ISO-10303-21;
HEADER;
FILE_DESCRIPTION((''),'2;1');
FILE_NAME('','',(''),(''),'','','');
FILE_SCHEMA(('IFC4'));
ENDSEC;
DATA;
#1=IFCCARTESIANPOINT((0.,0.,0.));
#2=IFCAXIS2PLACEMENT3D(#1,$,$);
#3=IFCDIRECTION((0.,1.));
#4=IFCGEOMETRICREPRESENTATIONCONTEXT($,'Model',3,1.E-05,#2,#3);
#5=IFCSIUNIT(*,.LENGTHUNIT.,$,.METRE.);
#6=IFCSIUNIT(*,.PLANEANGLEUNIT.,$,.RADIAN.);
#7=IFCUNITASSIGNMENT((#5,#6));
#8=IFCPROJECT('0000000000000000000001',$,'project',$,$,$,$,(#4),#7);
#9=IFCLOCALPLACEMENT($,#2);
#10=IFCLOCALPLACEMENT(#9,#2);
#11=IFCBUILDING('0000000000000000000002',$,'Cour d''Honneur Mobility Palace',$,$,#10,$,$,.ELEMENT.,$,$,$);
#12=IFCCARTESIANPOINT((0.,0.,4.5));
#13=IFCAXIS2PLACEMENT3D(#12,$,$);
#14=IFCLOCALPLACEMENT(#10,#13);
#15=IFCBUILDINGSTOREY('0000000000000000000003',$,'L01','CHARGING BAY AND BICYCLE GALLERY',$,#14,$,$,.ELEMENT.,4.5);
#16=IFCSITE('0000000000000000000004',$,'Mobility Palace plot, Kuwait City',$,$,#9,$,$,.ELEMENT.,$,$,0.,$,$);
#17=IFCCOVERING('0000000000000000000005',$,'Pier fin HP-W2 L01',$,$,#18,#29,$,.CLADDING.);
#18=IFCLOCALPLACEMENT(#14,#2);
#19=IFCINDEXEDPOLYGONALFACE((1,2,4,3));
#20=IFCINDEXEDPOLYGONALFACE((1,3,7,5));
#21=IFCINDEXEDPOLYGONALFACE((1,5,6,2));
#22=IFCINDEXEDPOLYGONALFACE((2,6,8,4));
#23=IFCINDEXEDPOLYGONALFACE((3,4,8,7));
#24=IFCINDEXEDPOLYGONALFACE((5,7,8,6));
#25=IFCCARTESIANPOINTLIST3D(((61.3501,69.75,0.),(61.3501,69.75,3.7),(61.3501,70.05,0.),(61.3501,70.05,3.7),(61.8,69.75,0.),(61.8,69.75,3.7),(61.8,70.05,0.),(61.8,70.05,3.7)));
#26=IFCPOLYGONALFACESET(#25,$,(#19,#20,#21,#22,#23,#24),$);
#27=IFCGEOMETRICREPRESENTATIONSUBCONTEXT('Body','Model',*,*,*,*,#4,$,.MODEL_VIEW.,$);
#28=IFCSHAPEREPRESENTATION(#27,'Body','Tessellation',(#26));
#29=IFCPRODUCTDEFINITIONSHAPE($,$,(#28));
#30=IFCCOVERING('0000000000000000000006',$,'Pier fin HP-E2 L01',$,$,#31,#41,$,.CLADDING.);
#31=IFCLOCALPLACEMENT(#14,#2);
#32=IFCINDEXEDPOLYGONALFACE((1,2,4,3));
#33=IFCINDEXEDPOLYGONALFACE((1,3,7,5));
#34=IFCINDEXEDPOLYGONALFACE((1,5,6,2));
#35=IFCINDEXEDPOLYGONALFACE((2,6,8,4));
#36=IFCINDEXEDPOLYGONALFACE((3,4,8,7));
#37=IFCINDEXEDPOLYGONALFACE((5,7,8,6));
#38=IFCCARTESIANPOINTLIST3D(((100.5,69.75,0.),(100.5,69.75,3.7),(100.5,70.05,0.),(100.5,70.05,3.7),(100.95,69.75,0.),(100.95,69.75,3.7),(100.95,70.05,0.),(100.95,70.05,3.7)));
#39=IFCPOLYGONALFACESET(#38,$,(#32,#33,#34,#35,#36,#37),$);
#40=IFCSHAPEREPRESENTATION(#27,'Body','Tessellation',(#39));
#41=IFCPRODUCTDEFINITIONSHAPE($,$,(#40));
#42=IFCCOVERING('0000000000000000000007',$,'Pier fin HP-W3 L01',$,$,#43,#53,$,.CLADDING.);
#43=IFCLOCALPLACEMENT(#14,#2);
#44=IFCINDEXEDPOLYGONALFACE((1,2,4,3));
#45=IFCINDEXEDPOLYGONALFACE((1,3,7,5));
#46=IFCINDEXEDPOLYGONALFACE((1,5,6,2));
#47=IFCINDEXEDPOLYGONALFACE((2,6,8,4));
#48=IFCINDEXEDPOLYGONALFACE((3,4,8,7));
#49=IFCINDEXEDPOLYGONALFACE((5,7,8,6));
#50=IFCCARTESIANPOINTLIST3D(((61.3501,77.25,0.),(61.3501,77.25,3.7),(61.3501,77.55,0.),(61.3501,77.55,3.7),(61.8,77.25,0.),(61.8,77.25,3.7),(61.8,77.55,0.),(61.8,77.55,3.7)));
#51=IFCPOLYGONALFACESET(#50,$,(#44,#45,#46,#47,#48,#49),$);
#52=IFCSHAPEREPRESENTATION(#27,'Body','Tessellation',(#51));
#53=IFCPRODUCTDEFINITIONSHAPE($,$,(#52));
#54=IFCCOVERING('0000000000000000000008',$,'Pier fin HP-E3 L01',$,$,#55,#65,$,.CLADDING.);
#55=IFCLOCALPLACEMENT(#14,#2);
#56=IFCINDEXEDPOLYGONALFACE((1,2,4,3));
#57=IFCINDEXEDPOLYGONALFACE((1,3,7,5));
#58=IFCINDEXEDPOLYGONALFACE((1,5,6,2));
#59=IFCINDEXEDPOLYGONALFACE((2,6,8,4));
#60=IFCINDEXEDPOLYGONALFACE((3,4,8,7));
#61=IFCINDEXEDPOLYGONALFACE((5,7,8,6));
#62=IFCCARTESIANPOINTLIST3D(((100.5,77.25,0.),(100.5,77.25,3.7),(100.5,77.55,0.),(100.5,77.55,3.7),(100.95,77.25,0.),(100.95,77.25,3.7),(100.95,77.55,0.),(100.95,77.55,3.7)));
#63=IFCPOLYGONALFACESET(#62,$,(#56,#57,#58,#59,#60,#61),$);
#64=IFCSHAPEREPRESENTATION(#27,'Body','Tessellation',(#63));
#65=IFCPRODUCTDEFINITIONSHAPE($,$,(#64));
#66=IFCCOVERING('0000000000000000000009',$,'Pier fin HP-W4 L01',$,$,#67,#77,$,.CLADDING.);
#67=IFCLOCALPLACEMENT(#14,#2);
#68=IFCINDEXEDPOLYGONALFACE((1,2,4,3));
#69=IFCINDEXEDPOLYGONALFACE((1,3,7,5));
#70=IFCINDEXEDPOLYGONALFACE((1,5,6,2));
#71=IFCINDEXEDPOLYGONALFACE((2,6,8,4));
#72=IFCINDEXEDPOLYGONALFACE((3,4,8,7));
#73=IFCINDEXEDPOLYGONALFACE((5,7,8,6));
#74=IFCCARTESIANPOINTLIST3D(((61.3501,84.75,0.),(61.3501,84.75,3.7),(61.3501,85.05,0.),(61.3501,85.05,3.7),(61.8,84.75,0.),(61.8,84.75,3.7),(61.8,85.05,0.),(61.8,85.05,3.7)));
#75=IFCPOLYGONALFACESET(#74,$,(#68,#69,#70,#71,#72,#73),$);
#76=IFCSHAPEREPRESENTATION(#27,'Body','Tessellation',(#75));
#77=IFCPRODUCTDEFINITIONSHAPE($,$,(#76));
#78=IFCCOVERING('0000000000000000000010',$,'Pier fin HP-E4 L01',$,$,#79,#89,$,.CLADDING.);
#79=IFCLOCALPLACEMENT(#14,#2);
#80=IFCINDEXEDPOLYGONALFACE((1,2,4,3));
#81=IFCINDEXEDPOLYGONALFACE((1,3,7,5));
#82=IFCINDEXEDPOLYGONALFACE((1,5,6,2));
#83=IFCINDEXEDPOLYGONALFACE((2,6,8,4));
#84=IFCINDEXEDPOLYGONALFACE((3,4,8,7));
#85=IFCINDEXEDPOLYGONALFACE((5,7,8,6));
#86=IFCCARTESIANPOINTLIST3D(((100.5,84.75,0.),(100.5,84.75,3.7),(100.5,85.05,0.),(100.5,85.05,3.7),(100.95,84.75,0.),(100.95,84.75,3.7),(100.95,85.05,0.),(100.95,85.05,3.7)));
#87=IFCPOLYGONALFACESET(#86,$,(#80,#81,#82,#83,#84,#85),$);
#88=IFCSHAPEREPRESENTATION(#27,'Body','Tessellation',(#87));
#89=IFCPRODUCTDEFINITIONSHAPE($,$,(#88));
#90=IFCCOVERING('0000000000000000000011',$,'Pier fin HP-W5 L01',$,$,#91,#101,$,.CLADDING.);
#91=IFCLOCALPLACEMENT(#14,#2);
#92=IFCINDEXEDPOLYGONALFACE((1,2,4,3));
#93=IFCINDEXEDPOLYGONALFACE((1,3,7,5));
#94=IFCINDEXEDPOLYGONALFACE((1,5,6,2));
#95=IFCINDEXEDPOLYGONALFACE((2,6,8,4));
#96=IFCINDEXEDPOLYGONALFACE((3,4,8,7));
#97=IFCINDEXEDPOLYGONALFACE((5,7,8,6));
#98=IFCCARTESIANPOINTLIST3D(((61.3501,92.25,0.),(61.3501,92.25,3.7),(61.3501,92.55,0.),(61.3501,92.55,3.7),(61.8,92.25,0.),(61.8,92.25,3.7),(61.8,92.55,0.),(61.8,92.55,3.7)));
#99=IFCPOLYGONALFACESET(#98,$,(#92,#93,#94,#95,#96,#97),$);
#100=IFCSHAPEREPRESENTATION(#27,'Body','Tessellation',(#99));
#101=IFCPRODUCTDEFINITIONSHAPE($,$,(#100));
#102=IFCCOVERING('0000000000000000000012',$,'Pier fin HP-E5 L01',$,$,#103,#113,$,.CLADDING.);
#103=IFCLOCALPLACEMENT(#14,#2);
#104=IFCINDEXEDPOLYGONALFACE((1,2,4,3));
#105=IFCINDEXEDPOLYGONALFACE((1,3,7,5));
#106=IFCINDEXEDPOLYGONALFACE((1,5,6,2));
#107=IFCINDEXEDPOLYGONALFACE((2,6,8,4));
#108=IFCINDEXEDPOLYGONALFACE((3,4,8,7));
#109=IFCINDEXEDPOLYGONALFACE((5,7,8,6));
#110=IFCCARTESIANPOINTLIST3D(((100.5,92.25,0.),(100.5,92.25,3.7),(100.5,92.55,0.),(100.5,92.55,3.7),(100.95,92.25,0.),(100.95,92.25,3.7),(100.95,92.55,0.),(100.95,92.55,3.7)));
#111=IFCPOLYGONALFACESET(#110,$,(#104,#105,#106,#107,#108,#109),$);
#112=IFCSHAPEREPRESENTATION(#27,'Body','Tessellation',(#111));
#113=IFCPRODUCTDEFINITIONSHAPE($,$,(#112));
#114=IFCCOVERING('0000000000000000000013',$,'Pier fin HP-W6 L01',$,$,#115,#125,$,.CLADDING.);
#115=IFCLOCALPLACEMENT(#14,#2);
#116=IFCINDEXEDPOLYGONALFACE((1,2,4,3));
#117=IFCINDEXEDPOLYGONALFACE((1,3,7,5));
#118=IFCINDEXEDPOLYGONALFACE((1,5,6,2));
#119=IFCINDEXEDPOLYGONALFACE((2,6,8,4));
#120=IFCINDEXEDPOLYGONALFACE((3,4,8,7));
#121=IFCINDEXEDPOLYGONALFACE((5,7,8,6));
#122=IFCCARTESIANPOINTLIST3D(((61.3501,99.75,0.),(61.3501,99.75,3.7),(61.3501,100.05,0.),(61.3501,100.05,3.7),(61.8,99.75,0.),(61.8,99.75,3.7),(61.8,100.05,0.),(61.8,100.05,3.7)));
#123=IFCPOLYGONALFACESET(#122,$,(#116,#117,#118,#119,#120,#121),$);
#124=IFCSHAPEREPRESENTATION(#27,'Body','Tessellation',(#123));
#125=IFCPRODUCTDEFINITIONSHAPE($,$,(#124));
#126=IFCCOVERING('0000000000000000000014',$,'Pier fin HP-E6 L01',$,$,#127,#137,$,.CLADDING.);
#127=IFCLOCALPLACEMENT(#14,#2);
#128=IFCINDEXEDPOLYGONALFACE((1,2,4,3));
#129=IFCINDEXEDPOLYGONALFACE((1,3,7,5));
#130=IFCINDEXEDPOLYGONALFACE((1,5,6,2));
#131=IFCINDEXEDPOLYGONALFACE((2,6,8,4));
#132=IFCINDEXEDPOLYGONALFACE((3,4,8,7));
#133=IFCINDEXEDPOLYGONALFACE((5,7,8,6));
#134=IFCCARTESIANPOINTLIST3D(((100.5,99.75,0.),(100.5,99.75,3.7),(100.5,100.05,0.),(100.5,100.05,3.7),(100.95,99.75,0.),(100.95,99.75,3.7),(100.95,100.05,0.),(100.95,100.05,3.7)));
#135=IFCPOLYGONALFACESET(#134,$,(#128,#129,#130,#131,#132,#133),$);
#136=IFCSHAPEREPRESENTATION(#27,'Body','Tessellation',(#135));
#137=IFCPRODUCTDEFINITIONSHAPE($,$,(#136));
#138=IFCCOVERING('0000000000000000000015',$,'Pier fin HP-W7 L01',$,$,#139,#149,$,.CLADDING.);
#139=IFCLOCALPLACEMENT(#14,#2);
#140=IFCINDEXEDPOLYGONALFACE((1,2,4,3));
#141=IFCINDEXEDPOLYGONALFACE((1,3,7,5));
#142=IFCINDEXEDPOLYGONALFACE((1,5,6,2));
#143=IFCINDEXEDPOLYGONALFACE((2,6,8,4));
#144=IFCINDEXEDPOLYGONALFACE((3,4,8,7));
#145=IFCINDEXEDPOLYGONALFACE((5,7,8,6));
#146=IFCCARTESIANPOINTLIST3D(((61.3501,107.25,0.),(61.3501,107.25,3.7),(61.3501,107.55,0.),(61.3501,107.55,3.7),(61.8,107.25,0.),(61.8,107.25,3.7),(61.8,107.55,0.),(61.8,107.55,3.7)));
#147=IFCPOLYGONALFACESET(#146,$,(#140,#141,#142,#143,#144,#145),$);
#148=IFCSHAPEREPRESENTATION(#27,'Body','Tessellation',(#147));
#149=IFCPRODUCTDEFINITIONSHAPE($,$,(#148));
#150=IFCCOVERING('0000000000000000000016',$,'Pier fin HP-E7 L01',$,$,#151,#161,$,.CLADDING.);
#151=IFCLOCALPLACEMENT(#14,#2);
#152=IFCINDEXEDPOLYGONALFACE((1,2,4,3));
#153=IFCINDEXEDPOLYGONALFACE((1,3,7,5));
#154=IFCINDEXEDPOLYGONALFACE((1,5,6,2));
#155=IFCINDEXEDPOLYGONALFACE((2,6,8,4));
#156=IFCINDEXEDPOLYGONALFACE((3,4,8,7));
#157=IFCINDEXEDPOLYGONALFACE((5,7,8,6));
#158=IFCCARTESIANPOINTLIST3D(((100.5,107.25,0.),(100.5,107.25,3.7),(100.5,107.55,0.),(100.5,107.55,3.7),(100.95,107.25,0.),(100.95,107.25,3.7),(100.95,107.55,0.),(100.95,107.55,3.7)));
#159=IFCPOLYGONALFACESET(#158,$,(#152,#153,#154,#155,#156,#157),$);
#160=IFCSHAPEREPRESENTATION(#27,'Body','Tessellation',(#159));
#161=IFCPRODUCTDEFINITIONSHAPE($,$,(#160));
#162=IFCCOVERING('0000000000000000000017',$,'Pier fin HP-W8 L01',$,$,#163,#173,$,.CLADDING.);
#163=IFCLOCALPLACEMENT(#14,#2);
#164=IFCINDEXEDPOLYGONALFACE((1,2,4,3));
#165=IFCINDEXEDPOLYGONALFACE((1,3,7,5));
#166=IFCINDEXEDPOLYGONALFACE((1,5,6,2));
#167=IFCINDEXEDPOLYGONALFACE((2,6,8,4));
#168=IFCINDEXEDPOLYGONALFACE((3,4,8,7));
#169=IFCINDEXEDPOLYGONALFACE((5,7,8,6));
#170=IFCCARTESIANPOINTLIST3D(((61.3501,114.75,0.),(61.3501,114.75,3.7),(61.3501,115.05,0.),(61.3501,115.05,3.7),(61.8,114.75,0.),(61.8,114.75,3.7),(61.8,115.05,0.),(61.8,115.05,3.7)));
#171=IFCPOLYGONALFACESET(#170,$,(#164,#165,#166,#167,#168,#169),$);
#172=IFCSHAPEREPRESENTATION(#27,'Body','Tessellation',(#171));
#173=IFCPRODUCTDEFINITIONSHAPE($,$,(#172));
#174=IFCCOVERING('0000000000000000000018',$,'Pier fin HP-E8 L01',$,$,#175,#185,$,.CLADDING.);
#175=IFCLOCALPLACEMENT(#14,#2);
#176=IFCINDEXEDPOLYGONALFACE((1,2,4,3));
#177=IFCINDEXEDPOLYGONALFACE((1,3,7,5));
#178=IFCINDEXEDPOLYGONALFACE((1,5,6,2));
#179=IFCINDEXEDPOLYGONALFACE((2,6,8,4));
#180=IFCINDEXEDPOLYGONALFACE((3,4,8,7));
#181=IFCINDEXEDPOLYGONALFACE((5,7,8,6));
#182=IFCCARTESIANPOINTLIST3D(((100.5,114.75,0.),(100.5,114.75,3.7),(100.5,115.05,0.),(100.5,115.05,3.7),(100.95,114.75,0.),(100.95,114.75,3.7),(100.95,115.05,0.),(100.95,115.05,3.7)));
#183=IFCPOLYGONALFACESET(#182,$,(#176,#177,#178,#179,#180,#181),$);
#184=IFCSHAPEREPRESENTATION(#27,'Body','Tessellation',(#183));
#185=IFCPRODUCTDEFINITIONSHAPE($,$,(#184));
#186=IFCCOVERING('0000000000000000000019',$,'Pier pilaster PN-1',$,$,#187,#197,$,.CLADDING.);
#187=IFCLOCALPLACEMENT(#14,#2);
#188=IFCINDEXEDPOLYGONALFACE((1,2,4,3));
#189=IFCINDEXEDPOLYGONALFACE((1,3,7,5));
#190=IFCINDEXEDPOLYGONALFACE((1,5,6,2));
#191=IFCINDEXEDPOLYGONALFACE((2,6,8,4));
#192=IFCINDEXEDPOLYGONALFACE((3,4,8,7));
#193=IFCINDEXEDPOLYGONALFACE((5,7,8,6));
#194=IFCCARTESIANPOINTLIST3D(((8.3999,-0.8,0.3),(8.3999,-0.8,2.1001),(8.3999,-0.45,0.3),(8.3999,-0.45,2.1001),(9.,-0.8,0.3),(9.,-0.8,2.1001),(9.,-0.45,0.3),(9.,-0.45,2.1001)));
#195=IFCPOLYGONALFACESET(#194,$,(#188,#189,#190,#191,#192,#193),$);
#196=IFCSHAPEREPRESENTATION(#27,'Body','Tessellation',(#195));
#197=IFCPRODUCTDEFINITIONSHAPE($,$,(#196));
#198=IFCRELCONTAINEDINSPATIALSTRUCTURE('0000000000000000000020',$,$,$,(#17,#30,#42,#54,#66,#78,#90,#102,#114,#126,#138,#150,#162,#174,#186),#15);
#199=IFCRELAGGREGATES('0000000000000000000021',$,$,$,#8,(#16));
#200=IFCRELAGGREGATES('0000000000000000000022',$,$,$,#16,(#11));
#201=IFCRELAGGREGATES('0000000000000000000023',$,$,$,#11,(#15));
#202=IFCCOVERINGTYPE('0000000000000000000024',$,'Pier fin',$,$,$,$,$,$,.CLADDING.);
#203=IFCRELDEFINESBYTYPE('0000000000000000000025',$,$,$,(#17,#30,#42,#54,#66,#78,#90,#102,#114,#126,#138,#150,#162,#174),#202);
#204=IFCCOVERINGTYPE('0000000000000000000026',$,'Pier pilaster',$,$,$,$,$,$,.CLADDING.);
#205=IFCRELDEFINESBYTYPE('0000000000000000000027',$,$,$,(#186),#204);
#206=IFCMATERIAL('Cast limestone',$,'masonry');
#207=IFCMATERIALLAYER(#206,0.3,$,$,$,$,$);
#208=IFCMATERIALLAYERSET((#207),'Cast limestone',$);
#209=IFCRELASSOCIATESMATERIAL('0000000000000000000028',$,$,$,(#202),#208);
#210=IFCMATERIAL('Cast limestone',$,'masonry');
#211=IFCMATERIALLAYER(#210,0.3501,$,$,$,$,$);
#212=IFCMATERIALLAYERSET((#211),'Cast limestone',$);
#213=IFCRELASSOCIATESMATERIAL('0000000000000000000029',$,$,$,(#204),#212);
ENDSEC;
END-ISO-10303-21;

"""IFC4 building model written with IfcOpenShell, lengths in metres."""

from ifc_helpers import new_model, si_unit, direction, frame, origin, place, context, subcontext, project, spatial, polyline, outline, extrude, material, layer, layer_set, type_object, element, save


model = new_model("IFC4")

# Units and contexts
model_context = context("Model", 3, precision=1e-05, world=origin(), true_north=direction((0.0, 1.0)))
body_context = subcontext(model_context, "Body", "Model", "MODEL_VIEW")
ifc_project = project(units=[si_unit("LENGTHUNIT", "METRE"), si_unit("PLANEANGLEUNIT", "RADIAN")], contexts=[model_context])

# Site, building, storey
site_placement = place(None, origin())
site = spatial("IfcSite", under=ifc_project, at=site_placement, Name="Mobility Palace plot, Kuwait City", CompositionType="ELEMENT", RefElevation=0.0)
building_placement = place(site_placement, origin())
building = spatial("IfcBuilding", under=site, at=building_placement, Name="Cour d'Honneur Mobility Palace", CompositionType="ELEMENT")
storey_placement = place(building_placement, frame((0.0, 0.0, 4.5)))
storey = spatial("IfcBuildingStorey", under=building, at=storey_placement, Name="L01", Description="CHARGING BAY AND BICYCLE GALLERY", CompositionType="ELEMENT", Elevation=4.5)

# Coverings
ifc_material_1 = material(Name="Cast limestone", Category="masonry")
ifc_layer_1 = layer(ifc_material_1, 0.3)
ifc_layer_set_1 = layer_set([ifc_layer_1], Name="Cast limestone")
covering_type_1 = type_object("IfcCoveringType", Name="Pier fin", PredefinedType="CLADDING", material=ifc_layer_set_1)
covering_1_placement = place(storey_placement, origin())
element("IfcCovering", 1, at=covering_1_placement, inside=storey, type_object=covering_type_1, Name="Pier fin HP-W2 L01", PredefinedType="CLADDING", context=body_context, shape_type="SweptSolid", body=[
    extrude(outline(polyline([(61.3501, 69.75), (61.8, 69.75), (61.8, 70.05), (61.3501, 70.05), (61.3501, 69.75)])), origin(), (0.0, 0.0, 1.0), 3.7),
])
covering_2_placement = place(storey_placement, origin())
element("IfcCovering", 2, at=covering_2_placement, inside=storey, type_object=covering_type_1, Name="Pier fin HP-E2 L01", PredefinedType="CLADDING", context=body_context, shape_type="SweptSolid", body=[
    extrude(outline(polyline([(100.5, 69.75), (100.95, 69.75), (100.95, 70.05), (100.5, 70.05), (100.5, 69.75)])), origin(), (0.0, 0.0, 1.0), 3.7),
])
covering_3_placement = place(storey_placement, origin())
element("IfcCovering", 3, at=covering_3_placement, inside=storey, type_object=covering_type_1, Name="Pier fin HP-W3 L01", PredefinedType="CLADDING", context=body_context, shape_type="SweptSolid", body=[
    extrude(outline(polyline([(61.3501, 77.25), (61.8, 77.25), (61.8, 77.55), (61.3501, 77.55), (61.3501, 77.25)])), origin(), (0.0, 0.0, 1.0), 3.7),
])
covering_4_placement = place(storey_placement, origin())
element("IfcCovering", 4, at=covering_4_placement, inside=storey, type_object=covering_type_1, Name="Pier fin HP-E3 L01", PredefinedType="CLADDING", context=body_context, shape_type="SweptSolid", body=[
    extrude(outline(polyline([(100.5, 77.25), (100.95, 77.25), (100.95, 77.55), (100.5, 77.55), (100.5, 77.25)])), origin(), (0.0, 0.0, 1.0), 3.7),
])
covering_5_placement = place(storey_placement, origin())
element("IfcCovering", 5, at=covering_5_placement, inside=storey, type_object=covering_type_1, Name="Pier fin HP-W4 L01", PredefinedType="CLADDING", context=body_context, shape_type="SweptSolid", body=[
    extrude(outline(polyline([(61.3501, 84.75), (61.8, 84.75), (61.8, 85.05), (61.3501, 85.05), (61.3501, 84.75)])), origin(), (0.0, 0.0, 1.0), 3.7),
])
covering_6_placement = place(storey_placement, origin())
element("IfcCovering", 6, at=covering_6_placement, inside=storey, type_object=covering_type_1, Name="Pier fin HP-E4 L01", PredefinedType="CLADDING", context=body_context, shape_type="SweptSolid", body=[
    extrude(outline(polyline([(100.5, 84.75), (100.95, 84.75), (100.95, 85.05), (100.5, 85.05), (100.5, 84.75)])), origin(), (0.0, 0.0, 1.0), 3.7),
])
covering_7_placement = place(storey_placement, origin())
element("IfcCovering", 7, at=covering_7_placement, inside=storey, type_object=covering_type_1, Name="Pier fin HP-W5 L01", PredefinedType="CLADDING", context=body_context, shape_type="SweptSolid", body=[
    extrude(outline(polyline([(61.3501, 92.25), (61.8, 92.25), (61.8, 92.55), (61.3501, 92.55), (61.3501, 92.25)])), origin(), (0.0, 0.0, 1.0), 3.7),
])
covering_8_placement = place(storey_placement, origin())
element("IfcCovering", 8, at=covering_8_placement, inside=storey, type_object=covering_type_1, Name="Pier fin HP-E5 L01", PredefinedType="CLADDING", context=body_context, shape_type="SweptSolid", body=[
    extrude(outline(polyline([(100.5, 92.25), (100.95, 92.25), (100.95, 92.55), (100.5, 92.55), (100.5, 92.25)])), origin(), (0.0, 0.0, 1.0), 3.7),
])
covering_9_placement = place(storey_placement, origin())
element("IfcCovering", 9, at=covering_9_placement, inside=storey, type_object=covering_type_1, Name="Pier fin HP-W6 L01", PredefinedType="CLADDING", context=body_context, shape_type="SweptSolid", body=[
    extrude(outline(polyline([(61.3501, 99.75), (61.8, 99.75), (61.8, 100.05), (61.3501, 100.05), (61.3501, 99.75)])), origin(), (0.0, 0.0, 1.0), 3.7),
])
covering_10_placement = place(storey_placement, origin())
element("IfcCovering", 10, at=covering_10_placement, inside=storey, type_object=covering_type_1, Name="Pier fin HP-E6 L01", PredefinedType="CLADDING", context=body_context, shape_type="SweptSolid", body=[
    extrude(outline(polyline([(100.5, 99.75), (100.95, 99.75), (100.95, 100.05), (100.5, 100.05), (100.5, 99.75)])), origin(), (0.0, 0.0, 1.0), 3.7),
])
covering_11_placement = place(storey_placement, origin())
element("IfcCovering", 11, at=covering_11_placement, inside=storey, type_object=covering_type_1, Name="Pier fin HP-W7 L01", PredefinedType="CLADDING", context=body_context, shape_type="SweptSolid", body=[
    extrude(outline(polyline([(61.3501, 107.25), (61.8, 107.25), (61.8, 107.55), (61.3501, 107.55), (61.3501, 107.25)])), origin(), (0.0, 0.0, 1.0), 3.7),
])
covering_12_placement = place(storey_placement, origin())
element("IfcCovering", 12, at=covering_12_placement, inside=storey, type_object=covering_type_1, Name="Pier fin HP-E7 L01", PredefinedType="CLADDING", context=body_context, shape_type="SweptSolid", body=[
    extrude(outline(polyline([(100.5, 107.25), (100.95, 107.25), (100.95, 107.55), (100.5, 107.55), (100.5, 107.25)])), origin(), (0.0, 0.0, 1.0), 3.7),
])
covering_13_placement = place(storey_placement, origin())
element("IfcCovering", 13, at=covering_13_placement, inside=storey, type_object=covering_type_1, Name="Pier fin HP-W8 L01", PredefinedType="CLADDING", context=body_context, shape_type="SweptSolid", body=[
    extrude(outline(polyline([(61.3501, 114.75), (61.8, 114.75), (61.8, 115.05), (61.3501, 115.05), (61.3501, 114.75)])), origin(), (0.0, 0.0, 1.0), 3.7),
])
covering_14_placement = place(storey_placement, origin())
element("IfcCovering", 14, at=covering_14_placement, inside=storey, type_object=covering_type_1, Name="Pier fin HP-E8 L01", PredefinedType="CLADDING", context=body_context, shape_type="SweptSolid", body=[
    extrude(outline(polyline([(100.5, 114.75), (100.95, 114.75), (100.95, 115.05), (100.5, 115.05), (100.5, 114.75)])), origin(), (0.0, 0.0, 1.0), 3.7),
])
ifc_material_2 = material(Name="Cast limestone", Category="masonry")
ifc_layer_2 = layer(ifc_material_2, 0.3501)
ifc_layer_set_2 = layer_set([ifc_layer_2], Name="Cast limestone")
covering_type_2 = type_object("IfcCoveringType", Name="Pier pilaster", PredefinedType="CLADDING", material=ifc_layer_set_2)
covering_15_placement = place(storey_placement, frame((0.0, 0.0, 0.3)))
element("IfcCovering", 15, at=covering_15_placement, inside=storey, type_object=covering_type_2, Name="Pier pilaster PN-1", PredefinedType="CLADDING", context=body_context, shape_type="SweptSolid", body=[
    extrude(outline(polyline([(8.3999, -0.45), (9.0, -0.45), (9.0, -0.8), (8.3999, -0.8), (8.3999, -0.45)])), origin(), (0.0, 0.0, 1.0), 1.8),
])

save(model, "model.ifc")
